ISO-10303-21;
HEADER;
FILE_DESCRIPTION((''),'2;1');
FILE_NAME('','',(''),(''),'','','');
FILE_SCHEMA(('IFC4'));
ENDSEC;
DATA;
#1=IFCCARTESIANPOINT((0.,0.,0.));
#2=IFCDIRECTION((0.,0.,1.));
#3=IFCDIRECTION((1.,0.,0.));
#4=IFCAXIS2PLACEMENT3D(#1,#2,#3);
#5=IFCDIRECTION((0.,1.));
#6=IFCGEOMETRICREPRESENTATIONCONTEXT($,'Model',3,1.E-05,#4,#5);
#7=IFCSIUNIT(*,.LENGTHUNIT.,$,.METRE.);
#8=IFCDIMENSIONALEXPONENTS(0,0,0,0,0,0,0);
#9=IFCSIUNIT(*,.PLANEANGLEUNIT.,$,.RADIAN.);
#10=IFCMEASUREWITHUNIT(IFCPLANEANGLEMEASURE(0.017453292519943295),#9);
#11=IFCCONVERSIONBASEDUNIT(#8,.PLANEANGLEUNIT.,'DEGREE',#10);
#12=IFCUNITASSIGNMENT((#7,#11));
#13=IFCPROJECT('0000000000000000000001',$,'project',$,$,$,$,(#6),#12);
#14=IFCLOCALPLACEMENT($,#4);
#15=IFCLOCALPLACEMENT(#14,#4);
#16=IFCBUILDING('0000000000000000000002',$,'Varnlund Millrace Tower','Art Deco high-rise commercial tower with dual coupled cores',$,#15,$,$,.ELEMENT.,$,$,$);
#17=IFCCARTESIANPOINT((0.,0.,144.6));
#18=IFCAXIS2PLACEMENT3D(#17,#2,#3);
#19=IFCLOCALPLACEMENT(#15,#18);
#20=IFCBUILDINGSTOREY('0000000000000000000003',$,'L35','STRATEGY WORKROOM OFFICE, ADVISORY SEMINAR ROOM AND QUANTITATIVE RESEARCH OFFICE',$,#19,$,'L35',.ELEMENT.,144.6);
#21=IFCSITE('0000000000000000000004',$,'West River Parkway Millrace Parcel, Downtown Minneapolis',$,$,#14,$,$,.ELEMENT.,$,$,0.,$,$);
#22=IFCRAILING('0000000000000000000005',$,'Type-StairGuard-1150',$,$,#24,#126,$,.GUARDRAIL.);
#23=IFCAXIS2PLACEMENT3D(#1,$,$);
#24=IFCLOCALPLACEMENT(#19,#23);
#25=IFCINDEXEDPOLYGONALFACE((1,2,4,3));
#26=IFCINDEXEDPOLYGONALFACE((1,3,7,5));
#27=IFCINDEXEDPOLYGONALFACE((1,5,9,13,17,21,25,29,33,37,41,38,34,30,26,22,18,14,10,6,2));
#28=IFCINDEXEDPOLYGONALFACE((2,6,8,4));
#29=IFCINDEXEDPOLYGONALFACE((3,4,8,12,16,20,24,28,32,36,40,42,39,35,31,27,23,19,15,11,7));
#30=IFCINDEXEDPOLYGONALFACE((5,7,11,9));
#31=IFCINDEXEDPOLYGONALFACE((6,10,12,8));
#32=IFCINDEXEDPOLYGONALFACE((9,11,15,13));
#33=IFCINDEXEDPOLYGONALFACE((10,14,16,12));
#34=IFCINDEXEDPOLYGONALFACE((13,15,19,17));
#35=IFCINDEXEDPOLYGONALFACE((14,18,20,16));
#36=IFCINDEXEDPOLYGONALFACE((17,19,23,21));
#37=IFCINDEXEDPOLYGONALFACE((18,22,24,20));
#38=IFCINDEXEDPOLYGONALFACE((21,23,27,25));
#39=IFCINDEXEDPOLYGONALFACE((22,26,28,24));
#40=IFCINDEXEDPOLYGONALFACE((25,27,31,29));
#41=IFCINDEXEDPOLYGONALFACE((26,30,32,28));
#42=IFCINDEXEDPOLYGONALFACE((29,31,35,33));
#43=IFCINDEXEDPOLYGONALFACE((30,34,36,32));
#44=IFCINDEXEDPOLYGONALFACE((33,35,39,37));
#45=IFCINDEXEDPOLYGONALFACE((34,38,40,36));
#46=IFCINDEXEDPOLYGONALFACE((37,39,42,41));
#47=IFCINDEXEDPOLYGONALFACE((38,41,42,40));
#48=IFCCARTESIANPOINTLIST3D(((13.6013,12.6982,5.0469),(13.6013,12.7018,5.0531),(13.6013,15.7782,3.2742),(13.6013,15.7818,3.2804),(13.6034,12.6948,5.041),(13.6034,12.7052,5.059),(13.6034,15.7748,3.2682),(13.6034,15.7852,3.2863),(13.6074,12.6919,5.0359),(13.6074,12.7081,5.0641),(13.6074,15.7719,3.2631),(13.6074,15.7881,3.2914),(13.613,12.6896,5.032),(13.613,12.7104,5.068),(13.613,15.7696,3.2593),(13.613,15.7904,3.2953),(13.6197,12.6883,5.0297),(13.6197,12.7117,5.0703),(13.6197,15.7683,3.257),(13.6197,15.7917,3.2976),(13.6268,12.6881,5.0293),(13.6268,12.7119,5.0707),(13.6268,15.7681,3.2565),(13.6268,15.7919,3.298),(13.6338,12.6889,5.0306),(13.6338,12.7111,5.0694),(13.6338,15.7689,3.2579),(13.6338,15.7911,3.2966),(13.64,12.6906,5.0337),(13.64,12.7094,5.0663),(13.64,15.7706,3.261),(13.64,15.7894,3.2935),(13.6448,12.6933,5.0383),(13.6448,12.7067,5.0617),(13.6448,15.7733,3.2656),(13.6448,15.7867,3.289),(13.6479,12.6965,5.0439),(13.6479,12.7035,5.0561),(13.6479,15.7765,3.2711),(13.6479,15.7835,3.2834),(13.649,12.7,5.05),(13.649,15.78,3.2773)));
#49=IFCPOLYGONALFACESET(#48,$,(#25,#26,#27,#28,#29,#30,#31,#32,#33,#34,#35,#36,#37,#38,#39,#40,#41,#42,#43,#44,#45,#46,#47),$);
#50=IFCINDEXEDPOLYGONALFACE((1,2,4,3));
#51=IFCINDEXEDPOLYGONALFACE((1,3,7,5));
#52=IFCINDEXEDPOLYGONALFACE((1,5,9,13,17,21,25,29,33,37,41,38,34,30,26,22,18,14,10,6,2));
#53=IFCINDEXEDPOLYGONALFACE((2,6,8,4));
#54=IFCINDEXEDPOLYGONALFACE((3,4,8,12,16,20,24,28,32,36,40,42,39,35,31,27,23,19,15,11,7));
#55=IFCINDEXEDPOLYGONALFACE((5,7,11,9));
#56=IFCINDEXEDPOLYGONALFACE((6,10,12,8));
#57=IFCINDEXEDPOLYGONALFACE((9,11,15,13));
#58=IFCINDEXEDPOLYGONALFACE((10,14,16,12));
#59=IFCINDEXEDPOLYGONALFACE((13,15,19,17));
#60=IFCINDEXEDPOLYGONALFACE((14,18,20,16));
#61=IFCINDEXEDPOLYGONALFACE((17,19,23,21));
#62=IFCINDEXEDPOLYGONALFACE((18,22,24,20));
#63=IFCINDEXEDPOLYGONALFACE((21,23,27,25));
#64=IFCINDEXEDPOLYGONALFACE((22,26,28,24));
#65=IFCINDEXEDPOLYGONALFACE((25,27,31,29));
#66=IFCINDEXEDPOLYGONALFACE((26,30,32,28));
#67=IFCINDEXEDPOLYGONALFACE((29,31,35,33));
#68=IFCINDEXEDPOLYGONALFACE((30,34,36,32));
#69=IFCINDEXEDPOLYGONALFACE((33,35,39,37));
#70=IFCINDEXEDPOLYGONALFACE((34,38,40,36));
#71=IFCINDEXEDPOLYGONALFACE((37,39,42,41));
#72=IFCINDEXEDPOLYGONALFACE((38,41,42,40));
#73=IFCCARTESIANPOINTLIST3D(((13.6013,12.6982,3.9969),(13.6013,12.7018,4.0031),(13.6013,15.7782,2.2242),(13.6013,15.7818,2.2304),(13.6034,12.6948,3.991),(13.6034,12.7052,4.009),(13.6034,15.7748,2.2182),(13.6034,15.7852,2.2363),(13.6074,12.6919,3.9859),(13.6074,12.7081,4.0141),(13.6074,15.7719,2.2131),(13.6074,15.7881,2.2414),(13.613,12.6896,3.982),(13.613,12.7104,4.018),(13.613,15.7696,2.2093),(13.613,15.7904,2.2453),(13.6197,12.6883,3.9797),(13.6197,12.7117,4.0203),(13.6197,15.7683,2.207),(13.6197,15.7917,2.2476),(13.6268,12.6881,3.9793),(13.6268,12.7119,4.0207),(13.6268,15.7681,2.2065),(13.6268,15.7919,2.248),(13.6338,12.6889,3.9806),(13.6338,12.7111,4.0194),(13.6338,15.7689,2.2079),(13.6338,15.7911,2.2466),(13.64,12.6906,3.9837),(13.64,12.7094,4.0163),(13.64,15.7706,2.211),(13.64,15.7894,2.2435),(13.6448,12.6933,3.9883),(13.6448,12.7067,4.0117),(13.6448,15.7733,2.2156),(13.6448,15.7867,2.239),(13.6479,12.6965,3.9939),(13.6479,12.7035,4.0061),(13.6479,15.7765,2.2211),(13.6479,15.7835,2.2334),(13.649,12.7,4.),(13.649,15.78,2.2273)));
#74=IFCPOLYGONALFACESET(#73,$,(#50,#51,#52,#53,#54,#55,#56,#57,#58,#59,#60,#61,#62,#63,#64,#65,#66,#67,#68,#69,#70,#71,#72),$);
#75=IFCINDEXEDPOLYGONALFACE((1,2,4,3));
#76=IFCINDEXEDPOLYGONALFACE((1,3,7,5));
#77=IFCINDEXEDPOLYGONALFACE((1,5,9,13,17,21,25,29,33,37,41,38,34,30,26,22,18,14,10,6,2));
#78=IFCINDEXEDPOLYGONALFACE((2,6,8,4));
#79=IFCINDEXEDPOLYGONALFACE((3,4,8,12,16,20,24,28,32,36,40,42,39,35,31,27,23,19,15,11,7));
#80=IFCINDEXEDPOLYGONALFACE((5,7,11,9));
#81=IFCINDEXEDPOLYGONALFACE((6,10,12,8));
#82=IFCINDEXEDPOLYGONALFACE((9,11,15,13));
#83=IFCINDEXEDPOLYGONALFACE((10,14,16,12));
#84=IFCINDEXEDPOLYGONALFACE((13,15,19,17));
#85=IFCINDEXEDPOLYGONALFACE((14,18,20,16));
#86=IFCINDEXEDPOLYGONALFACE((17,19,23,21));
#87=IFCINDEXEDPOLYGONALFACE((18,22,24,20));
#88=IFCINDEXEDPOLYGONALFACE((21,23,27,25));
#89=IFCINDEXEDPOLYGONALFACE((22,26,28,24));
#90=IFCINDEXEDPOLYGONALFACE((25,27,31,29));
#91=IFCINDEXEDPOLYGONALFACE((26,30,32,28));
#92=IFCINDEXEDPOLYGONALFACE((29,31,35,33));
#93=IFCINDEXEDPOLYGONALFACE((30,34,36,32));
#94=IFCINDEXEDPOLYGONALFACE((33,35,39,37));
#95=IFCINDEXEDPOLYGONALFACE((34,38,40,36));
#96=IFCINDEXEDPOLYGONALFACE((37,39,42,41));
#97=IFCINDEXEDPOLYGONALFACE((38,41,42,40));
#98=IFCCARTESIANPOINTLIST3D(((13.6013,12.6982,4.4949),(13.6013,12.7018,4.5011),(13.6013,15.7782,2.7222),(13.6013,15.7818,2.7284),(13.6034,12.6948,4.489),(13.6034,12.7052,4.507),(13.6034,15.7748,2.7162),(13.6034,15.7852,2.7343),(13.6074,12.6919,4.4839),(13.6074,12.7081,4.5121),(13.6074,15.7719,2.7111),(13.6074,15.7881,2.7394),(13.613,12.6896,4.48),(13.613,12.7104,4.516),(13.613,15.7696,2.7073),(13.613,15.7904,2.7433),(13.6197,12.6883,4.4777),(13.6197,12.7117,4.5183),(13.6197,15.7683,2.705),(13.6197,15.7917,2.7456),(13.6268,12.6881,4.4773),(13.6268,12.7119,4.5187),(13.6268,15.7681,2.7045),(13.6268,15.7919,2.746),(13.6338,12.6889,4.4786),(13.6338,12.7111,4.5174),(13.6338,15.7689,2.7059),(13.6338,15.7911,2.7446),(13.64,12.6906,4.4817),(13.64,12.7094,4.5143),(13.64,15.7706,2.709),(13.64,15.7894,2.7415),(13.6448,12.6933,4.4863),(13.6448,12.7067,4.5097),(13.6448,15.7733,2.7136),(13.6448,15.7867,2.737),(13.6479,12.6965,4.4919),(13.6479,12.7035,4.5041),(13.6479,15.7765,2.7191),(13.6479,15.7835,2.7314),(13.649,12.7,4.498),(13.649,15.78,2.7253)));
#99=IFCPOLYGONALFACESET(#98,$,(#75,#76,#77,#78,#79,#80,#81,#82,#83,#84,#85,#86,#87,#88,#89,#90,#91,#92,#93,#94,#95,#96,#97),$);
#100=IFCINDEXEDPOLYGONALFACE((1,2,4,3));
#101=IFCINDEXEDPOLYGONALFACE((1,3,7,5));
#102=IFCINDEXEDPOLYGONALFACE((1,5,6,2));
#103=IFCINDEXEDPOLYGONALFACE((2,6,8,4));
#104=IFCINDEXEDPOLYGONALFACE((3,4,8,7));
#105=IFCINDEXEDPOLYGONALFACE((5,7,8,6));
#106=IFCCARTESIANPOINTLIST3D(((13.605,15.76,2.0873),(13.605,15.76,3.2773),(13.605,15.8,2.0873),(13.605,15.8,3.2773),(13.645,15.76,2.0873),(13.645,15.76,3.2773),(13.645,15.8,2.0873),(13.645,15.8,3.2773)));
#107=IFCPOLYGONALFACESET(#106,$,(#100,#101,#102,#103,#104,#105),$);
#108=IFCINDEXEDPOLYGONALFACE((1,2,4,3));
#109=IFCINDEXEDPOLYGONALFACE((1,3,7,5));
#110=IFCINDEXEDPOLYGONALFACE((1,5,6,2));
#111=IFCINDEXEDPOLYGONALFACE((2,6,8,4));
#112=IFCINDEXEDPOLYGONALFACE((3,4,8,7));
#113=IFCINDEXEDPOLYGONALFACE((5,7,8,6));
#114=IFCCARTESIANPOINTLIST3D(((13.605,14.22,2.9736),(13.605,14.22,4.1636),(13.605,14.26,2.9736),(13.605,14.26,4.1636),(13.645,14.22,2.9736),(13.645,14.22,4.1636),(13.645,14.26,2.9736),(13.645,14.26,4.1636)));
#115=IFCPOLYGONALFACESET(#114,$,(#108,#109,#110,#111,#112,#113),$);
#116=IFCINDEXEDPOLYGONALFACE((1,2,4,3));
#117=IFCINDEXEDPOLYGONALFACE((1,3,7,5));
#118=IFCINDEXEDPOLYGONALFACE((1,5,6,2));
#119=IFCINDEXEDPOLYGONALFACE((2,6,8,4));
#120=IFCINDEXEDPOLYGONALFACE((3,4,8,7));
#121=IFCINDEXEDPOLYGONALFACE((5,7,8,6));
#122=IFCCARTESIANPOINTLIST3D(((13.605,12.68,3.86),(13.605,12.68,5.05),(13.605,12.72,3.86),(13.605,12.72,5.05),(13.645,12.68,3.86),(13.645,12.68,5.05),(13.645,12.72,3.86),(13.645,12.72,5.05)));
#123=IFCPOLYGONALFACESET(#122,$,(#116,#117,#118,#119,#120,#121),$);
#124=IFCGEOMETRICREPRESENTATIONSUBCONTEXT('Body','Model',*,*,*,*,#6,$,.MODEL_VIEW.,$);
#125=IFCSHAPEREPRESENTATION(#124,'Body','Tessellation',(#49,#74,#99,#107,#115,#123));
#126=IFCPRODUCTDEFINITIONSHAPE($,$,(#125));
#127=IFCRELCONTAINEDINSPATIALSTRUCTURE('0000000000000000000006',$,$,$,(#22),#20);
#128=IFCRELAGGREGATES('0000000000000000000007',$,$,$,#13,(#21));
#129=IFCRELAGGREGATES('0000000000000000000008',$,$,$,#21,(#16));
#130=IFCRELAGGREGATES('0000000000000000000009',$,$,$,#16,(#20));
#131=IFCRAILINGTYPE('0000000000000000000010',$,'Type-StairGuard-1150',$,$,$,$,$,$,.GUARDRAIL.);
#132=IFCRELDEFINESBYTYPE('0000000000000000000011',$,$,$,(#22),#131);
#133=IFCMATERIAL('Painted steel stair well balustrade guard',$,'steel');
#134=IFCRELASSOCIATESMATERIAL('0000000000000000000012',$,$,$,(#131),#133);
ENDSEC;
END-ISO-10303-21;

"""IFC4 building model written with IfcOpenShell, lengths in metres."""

from ifc_helpers import new_model, entity, si_unit, converted_unit, direction, frame, origin_with_axes, origin_2d_with_axis, place, context, subcontext, project, spatial, rectangle, circle, extrude, material, type_object, element, save


model = new_model("IFC4")

# Units and contexts
model_context = context("Model", 3, precision=1e-05, world=origin_with_axes(), true_north=direction((0.0, 1.0)))
body_context = subcontext(model_context, "Body", "Model", "MODEL_VIEW")
ifc_project = project(units=[si_unit("LENGTHUNIT", "METRE"), converted_unit("PLANEANGLEUNIT", "DEGREE", entity("IfcPlaneAngleMeasure", 0.017453292519943295), si_unit("PLANEANGLEUNIT", "RADIAN"), dimensions=[0, 0, 0, 0, 0, 0, 0])], contexts=[model_context])

# Site, building, storey
site_placement = place(None, origin_with_axes())
site = spatial("IfcSite", under=ifc_project, at=site_placement, Name="West River Parkway Millrace Parcel, Downtown Minneapolis", CompositionType="ELEMENT", RefElevation=0.0)
building_placement = place(site_placement, origin_with_axes())
building = spatial("IfcBuilding", under=site, at=building_placement, Name="Varnlund Millrace Tower", Description="Art Deco high-rise commercial tower with dual coupled cores", CompositionType="ELEMENT")
storey_placement = place(building_placement, frame((0.0, 0.0, 144.6), z_axis=(0.0, 0.0, 1.0), x_axis=(1.0, 0.0, 0.0)))
storey = spatial("IfcBuildingStorey", under=building, at=storey_placement, Name="L35", Description="STRATEGY WORKROOM OFFICE, ADVISORY SEMINAR ROOM AND QUANTITATIVE RESEARCH OFFICE", LongName="L35", CompositionType="ELEMENT", Elevation=144.6)

# Railing
ifc_material_1 = material(Name="Painted steel stair well balustrade guard", Category="steel")
railing_type_1 = type_object("IfcRailingType", Name="Type-StairGuard-1150", PredefinedType="GUARDRAIL", material=ifc_material_1)
railing_1_placement = place(storey_placement, frame((0.0, 0.0, -144.6), z_axis=(0.0, 0.0, 1.0), x_axis=(1.0, 0.0, 0.0)))
element("IfcRailing", 1, at=railing_1_placement, inside=storey, type_object=railing_type_1, Name="Type-StairGuard-1150", PredefinedType="GUARDRAIL", context=body_context, shape_type="SweptSolid", body=[
    extrude(circle(Radius=0.024, at=origin_2d_with_axis()), frame((13.625, 15.78, 147.8773), z_axis=(0.0, -0.866696, 0.498836), x_axis=(1.0, 0.0, 0.0)), (0.0, 0.0, 1.0), 3.5537),
    extrude(circle(Radius=0.024, at=origin_2d_with_axis()), frame((13.625, 15.78, 146.8273), z_axis=(0.0, -0.866696, 0.498836), x_axis=(1.0, 0.0, 0.0)), (0.0, 0.0, 1.0), 3.5537),
    extrude(circle(Radius=0.024, at=origin_2d_with_axis()), frame((13.625, 15.78, 147.3253), z_axis=(0.0, -0.866696, 0.498836), x_axis=(1.0, 0.0, 0.0)), (0.0, 0.0, 1.0), 3.5537),
    extrude(rectangle(XDim=0.04, YDim=0.04, at=origin_2d_with_axis()), frame((13.625, 15.78, 146.6873), z_axis=(0.0, 0.0, 1.0), x_axis=(1.0, 0.0, 0.0)), (0.0, 0.0, 1.0), 1.19),
    extrude(rectangle(XDim=0.04, YDim=0.04, at=origin_2d_with_axis()), frame((13.625, 14.24, 147.5736), z_axis=(0.0, 0.0, 1.0), x_axis=(1.0, 0.0, 0.0)), (0.0, 0.0, 1.0), 1.19),
    extrude(rectangle(XDim=0.04, YDim=0.04, at=origin_2d_with_axis()), frame((13.625, 12.7, 148.46), z_axis=(0.0, 0.0, 1.0), x_axis=(1.0, 0.0, 0.0)), (0.0, 0.0, 1.0), 1.19),
])

save(model, "model.ifc")
